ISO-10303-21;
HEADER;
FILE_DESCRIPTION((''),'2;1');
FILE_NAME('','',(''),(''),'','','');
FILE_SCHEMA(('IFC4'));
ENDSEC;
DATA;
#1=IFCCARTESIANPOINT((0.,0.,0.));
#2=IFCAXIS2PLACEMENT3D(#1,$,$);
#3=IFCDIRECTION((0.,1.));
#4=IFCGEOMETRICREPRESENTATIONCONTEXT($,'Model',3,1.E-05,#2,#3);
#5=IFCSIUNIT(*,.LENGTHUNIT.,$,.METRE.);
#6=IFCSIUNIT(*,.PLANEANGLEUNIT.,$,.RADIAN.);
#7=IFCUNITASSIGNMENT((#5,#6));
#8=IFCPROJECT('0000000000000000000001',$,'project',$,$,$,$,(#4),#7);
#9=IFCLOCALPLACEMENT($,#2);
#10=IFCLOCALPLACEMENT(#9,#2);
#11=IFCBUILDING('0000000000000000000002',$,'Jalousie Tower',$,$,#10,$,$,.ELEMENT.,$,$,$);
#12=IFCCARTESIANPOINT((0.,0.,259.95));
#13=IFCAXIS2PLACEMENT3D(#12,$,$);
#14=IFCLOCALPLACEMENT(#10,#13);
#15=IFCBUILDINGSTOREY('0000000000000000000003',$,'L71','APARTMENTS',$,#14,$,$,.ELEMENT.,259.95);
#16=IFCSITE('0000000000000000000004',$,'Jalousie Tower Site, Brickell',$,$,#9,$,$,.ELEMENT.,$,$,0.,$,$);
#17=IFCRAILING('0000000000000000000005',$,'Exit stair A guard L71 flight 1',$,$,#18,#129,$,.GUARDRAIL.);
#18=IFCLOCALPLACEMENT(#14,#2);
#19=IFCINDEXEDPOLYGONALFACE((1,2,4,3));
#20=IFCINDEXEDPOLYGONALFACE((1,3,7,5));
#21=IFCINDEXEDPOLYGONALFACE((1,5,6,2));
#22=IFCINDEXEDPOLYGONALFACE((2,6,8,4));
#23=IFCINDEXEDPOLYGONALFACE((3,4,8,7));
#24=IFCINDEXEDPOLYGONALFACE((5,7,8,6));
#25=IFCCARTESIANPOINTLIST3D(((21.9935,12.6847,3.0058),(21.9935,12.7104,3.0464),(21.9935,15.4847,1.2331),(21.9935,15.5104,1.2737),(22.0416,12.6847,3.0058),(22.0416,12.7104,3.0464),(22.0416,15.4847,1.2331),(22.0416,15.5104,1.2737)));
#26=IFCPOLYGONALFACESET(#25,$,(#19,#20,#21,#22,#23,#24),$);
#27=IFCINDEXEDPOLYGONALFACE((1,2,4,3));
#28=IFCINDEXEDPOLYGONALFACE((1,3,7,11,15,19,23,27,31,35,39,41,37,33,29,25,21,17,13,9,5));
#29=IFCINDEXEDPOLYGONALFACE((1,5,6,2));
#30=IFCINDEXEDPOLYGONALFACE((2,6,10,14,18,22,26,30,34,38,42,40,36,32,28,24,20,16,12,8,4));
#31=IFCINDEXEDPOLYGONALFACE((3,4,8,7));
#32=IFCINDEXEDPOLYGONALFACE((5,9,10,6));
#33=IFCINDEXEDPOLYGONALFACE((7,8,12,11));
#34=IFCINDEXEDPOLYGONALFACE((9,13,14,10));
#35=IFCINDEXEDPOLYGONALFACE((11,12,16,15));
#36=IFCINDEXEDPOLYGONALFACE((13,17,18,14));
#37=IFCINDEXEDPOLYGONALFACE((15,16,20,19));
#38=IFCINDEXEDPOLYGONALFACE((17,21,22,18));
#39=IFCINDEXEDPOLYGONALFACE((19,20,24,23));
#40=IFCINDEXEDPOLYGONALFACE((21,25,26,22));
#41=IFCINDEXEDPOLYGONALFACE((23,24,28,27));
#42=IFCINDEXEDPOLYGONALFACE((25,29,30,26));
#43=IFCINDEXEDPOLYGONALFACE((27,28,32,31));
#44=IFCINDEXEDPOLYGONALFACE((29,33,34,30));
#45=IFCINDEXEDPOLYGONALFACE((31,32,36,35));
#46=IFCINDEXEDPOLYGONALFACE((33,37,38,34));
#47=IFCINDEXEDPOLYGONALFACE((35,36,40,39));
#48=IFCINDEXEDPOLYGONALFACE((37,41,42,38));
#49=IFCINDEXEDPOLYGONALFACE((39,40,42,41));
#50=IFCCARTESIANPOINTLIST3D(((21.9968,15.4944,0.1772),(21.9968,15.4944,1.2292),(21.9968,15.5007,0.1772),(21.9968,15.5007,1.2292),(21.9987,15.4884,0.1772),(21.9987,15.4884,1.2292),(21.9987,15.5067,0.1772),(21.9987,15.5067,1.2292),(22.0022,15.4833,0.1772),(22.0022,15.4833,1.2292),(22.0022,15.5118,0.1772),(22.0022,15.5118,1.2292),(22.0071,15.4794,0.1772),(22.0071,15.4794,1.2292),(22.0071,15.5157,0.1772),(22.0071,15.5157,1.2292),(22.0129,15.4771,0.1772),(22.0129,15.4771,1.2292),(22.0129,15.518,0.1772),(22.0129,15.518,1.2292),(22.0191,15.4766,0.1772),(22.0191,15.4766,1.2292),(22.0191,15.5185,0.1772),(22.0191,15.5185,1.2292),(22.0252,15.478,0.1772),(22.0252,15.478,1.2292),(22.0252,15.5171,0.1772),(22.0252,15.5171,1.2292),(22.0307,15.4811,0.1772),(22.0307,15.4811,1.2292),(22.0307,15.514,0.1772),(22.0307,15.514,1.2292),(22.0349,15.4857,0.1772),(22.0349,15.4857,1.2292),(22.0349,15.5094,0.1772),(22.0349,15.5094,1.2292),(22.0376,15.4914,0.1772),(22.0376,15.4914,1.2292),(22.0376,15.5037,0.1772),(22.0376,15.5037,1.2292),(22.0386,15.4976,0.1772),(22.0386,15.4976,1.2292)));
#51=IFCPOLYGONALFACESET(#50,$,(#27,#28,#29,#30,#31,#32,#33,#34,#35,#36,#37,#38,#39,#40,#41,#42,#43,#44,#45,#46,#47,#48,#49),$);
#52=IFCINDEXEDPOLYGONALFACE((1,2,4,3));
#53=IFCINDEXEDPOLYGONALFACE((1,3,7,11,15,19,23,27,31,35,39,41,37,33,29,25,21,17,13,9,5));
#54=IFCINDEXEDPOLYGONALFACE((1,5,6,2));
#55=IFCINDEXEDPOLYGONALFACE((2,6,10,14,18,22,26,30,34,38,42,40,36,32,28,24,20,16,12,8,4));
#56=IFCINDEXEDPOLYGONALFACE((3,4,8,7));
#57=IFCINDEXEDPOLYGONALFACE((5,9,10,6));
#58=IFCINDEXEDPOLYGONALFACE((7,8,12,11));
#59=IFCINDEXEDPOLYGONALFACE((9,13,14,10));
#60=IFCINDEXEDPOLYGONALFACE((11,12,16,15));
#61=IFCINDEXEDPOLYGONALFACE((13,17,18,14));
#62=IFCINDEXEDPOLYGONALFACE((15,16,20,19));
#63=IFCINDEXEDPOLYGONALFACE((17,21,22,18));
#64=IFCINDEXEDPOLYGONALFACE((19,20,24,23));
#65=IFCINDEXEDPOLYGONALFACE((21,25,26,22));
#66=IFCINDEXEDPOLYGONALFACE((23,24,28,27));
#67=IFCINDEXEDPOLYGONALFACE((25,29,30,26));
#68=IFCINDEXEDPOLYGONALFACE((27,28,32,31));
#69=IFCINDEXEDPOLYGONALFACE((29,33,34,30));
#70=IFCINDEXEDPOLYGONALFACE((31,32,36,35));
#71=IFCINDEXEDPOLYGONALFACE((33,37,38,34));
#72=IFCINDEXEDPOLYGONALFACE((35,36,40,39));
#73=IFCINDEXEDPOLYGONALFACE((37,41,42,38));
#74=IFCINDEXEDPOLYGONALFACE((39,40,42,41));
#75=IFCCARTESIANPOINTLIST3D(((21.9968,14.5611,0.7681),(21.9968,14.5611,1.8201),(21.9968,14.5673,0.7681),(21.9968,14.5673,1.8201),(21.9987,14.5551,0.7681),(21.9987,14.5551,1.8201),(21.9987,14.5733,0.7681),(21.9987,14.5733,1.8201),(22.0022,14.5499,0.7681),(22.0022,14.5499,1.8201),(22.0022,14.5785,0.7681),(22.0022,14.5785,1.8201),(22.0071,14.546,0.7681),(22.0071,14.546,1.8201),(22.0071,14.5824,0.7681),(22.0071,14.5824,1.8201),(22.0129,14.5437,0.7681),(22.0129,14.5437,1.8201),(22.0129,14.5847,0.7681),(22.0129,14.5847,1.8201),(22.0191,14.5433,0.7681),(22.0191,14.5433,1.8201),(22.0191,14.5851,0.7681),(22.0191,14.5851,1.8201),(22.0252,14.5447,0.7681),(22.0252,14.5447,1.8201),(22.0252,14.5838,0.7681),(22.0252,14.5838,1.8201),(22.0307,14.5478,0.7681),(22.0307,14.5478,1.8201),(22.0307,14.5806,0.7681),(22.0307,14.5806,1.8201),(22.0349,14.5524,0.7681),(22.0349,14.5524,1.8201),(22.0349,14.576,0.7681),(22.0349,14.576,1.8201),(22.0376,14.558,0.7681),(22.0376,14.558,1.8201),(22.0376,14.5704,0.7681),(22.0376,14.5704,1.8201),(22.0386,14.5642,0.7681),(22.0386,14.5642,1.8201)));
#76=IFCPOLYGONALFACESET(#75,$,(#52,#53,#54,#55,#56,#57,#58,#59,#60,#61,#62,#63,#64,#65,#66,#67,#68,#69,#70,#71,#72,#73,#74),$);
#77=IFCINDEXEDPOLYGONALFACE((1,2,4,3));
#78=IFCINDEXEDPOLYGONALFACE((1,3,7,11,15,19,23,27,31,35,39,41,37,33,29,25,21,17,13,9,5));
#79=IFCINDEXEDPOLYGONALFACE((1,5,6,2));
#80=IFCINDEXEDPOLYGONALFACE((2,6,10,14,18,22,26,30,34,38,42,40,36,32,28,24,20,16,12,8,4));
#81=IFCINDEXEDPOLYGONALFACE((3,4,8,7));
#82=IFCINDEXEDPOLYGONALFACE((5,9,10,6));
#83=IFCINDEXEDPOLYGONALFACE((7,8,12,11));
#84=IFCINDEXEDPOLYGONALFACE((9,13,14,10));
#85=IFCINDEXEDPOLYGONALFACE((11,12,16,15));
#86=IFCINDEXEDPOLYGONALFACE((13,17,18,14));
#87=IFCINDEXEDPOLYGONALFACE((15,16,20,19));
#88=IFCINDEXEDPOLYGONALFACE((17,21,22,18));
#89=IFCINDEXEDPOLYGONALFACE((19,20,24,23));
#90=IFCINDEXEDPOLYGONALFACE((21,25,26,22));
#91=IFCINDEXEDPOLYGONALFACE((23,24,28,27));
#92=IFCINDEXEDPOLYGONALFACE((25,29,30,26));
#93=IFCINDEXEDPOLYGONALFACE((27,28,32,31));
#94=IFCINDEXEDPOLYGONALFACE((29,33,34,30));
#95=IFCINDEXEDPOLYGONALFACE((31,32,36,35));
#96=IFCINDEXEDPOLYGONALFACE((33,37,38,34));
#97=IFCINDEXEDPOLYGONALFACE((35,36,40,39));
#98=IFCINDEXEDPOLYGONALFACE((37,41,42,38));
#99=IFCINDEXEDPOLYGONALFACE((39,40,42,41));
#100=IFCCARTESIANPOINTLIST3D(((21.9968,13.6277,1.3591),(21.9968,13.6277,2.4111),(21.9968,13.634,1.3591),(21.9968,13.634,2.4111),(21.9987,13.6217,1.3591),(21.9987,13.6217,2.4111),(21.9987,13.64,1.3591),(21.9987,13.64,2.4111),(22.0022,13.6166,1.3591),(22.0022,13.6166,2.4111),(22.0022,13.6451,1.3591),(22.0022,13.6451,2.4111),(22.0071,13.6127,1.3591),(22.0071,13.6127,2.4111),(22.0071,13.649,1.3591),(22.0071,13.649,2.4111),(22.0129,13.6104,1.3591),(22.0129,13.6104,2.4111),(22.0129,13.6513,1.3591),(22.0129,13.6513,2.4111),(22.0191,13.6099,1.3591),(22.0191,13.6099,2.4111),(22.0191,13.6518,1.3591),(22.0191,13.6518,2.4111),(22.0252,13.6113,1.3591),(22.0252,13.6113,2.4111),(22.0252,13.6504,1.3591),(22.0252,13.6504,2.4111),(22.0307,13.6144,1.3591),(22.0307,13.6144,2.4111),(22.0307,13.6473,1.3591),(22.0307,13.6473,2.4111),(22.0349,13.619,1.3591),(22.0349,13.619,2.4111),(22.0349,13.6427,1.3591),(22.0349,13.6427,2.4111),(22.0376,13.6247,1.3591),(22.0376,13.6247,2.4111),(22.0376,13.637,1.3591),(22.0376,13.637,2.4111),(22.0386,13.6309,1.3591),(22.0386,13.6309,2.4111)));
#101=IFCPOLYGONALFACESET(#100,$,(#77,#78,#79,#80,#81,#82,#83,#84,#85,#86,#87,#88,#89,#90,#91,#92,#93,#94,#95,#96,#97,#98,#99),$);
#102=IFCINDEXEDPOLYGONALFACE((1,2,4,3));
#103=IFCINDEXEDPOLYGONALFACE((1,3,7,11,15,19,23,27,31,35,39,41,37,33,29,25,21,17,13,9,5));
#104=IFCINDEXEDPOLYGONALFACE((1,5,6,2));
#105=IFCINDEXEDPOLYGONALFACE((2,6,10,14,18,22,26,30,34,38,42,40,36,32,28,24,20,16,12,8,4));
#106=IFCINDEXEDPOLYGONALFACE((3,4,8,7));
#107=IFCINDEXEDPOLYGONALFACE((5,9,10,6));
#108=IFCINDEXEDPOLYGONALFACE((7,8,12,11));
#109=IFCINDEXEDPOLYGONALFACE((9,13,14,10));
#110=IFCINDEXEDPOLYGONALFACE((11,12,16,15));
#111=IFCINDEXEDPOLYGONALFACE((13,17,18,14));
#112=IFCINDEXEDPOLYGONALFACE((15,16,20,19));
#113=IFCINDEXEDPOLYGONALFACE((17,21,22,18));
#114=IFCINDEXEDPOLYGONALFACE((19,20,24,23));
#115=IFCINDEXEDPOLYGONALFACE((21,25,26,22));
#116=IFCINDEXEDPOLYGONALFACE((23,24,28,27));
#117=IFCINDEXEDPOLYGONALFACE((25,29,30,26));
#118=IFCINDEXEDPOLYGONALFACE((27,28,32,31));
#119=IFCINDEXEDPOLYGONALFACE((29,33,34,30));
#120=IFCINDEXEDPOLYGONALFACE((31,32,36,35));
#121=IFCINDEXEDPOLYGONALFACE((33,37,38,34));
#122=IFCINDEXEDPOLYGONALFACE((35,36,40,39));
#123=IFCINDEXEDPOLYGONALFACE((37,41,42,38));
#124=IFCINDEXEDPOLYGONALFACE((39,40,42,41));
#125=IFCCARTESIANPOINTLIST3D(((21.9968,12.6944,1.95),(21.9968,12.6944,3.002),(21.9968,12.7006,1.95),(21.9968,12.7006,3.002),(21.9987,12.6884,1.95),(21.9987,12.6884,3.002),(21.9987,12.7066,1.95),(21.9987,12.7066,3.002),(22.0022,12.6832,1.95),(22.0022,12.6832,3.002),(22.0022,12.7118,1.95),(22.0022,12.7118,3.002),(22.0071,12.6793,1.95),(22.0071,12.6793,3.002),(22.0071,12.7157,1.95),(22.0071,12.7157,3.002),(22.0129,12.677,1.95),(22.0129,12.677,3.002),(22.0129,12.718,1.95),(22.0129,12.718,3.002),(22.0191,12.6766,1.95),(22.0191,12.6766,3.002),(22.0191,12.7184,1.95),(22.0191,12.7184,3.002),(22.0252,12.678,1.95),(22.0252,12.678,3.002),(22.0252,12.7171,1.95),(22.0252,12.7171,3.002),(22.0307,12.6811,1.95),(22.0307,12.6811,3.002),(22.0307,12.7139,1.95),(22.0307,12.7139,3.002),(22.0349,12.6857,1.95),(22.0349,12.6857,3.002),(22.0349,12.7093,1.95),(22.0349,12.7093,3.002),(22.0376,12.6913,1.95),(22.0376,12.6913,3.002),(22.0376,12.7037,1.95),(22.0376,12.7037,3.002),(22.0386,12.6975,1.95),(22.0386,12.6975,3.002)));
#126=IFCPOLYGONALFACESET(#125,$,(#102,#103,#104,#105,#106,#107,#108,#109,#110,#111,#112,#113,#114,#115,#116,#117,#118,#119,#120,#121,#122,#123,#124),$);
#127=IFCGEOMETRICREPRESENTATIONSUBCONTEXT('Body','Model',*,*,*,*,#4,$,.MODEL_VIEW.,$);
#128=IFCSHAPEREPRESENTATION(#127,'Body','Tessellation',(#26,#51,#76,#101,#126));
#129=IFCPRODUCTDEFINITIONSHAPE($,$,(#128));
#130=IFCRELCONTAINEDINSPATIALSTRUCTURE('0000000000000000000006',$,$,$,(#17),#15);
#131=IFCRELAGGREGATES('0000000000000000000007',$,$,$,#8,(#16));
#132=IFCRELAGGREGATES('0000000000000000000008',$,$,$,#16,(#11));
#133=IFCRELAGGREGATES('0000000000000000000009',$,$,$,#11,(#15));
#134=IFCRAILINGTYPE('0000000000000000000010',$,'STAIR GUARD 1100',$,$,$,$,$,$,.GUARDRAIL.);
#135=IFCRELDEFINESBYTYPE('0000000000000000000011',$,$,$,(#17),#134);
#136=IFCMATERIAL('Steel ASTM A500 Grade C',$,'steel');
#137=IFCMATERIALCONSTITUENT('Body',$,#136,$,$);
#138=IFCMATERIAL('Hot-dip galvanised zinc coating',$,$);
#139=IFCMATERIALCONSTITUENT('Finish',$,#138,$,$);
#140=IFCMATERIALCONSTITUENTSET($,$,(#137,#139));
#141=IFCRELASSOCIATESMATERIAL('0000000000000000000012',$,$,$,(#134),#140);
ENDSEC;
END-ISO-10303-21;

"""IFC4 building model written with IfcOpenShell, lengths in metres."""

from ifc_helpers import new_model, si_unit, direction, frame, origin, origin_2d, place, context, subcontext, project, spatial, rectangle, circle, extrude, material, constituent, constituent_set, type_object, element, save


model = new_model("IFC4")

# Units and contexts
model_context = context("Model", 3, precision=1e-05, world=origin(), true_north=direction((0.0, 1.0)))
body_context = subcontext(model_context, "Body", "Model", "MODEL_VIEW")
ifc_project = project(units=[si_unit("LENGTHUNIT", "METRE"), si_unit("PLANEANGLEUNIT", "RADIAN")], contexts=[model_context])

# Site, building, storey
site_placement = place(None, origin())
site = spatial("IfcSite", under=ifc_project, at=site_placement, Name="Jalousie Tower Site, Brickell", CompositionType="ELEMENT", RefElevation=0.0)
building_placement = place(site_placement, origin())
building = spatial("IfcBuilding", under=site, at=building_placement, Name="Jalousie Tower", CompositionType="ELEMENT")
storey_placement = place(building_placement, frame((0.0, 0.0, 259.95)))
storey = spatial("IfcBuildingStorey", under=building, at=storey_placement, Name="L71", Description="APARTMENTS", CompositionType="ELEMENT", Elevation=259.95)

# Railing
ifc_material_1 = material(Name="Steel ASTM A500 Grade C", Category="steel")
ifc_constituent_1 = constituent(ifc_material_1, Name="Body")
ifc_material_2 = material(Name="Hot-dip galvanised zinc coating")
ifc_constituent_2 = constituent(ifc_material_2, Name="Finish")
ifc_constituent_set = constituent_set(constituents=[ifc_constituent_1, ifc_constituent_2])
railing_type = type_object("IfcRailingType", Name="STAIR GUARD 1100", PredefinedType="GUARDRAIL", material=ifc_constituent_set)
railing_placement = place(storey_placement, frame((22.0176, 15.4976, 0.1772)))
element("IfcRailing", 1, at=railing_placement, inside=storey, type_object=railing_type, Name="Exit stair A guard L71 flight 1", PredefinedType="GUARDRAIL", context=body_context, shape_type="SweptSolid", body=[
    extrude(rectangle(XDim=0.0481, YDim=0.0481, at=origin_2d()), frame((0.0, 0.0, 1.0762), z_axis=(0.0, -0.844909, 0.53491), x_axis=(1.0, 0.0, 0.0)), (0.0, 0.0, 1.0), 3.314),
    extrude(circle(Radius=0.021, at=origin_2d()), origin(), (0.0, 0.0, 1.0), 1.052),
    extrude(circle(Radius=0.021, at=origin_2d()), frame((0.0, -0.9333, 0.5908)), (0.0, 0.0, 1.0), 1.052),
    extrude(circle(Radius=0.021, at=origin_2d()), frame((0.0, -1.8667, 1.1819)), (0.0, 0.0, 1.0), 1.052),
    extrude(circle(Radius=0.021, at=origin_2d()), frame((0.0, -2.8, 1.7727)), (0.0, 0.0, 1.0), 1.052),
])

save(model, "model.ifc")
